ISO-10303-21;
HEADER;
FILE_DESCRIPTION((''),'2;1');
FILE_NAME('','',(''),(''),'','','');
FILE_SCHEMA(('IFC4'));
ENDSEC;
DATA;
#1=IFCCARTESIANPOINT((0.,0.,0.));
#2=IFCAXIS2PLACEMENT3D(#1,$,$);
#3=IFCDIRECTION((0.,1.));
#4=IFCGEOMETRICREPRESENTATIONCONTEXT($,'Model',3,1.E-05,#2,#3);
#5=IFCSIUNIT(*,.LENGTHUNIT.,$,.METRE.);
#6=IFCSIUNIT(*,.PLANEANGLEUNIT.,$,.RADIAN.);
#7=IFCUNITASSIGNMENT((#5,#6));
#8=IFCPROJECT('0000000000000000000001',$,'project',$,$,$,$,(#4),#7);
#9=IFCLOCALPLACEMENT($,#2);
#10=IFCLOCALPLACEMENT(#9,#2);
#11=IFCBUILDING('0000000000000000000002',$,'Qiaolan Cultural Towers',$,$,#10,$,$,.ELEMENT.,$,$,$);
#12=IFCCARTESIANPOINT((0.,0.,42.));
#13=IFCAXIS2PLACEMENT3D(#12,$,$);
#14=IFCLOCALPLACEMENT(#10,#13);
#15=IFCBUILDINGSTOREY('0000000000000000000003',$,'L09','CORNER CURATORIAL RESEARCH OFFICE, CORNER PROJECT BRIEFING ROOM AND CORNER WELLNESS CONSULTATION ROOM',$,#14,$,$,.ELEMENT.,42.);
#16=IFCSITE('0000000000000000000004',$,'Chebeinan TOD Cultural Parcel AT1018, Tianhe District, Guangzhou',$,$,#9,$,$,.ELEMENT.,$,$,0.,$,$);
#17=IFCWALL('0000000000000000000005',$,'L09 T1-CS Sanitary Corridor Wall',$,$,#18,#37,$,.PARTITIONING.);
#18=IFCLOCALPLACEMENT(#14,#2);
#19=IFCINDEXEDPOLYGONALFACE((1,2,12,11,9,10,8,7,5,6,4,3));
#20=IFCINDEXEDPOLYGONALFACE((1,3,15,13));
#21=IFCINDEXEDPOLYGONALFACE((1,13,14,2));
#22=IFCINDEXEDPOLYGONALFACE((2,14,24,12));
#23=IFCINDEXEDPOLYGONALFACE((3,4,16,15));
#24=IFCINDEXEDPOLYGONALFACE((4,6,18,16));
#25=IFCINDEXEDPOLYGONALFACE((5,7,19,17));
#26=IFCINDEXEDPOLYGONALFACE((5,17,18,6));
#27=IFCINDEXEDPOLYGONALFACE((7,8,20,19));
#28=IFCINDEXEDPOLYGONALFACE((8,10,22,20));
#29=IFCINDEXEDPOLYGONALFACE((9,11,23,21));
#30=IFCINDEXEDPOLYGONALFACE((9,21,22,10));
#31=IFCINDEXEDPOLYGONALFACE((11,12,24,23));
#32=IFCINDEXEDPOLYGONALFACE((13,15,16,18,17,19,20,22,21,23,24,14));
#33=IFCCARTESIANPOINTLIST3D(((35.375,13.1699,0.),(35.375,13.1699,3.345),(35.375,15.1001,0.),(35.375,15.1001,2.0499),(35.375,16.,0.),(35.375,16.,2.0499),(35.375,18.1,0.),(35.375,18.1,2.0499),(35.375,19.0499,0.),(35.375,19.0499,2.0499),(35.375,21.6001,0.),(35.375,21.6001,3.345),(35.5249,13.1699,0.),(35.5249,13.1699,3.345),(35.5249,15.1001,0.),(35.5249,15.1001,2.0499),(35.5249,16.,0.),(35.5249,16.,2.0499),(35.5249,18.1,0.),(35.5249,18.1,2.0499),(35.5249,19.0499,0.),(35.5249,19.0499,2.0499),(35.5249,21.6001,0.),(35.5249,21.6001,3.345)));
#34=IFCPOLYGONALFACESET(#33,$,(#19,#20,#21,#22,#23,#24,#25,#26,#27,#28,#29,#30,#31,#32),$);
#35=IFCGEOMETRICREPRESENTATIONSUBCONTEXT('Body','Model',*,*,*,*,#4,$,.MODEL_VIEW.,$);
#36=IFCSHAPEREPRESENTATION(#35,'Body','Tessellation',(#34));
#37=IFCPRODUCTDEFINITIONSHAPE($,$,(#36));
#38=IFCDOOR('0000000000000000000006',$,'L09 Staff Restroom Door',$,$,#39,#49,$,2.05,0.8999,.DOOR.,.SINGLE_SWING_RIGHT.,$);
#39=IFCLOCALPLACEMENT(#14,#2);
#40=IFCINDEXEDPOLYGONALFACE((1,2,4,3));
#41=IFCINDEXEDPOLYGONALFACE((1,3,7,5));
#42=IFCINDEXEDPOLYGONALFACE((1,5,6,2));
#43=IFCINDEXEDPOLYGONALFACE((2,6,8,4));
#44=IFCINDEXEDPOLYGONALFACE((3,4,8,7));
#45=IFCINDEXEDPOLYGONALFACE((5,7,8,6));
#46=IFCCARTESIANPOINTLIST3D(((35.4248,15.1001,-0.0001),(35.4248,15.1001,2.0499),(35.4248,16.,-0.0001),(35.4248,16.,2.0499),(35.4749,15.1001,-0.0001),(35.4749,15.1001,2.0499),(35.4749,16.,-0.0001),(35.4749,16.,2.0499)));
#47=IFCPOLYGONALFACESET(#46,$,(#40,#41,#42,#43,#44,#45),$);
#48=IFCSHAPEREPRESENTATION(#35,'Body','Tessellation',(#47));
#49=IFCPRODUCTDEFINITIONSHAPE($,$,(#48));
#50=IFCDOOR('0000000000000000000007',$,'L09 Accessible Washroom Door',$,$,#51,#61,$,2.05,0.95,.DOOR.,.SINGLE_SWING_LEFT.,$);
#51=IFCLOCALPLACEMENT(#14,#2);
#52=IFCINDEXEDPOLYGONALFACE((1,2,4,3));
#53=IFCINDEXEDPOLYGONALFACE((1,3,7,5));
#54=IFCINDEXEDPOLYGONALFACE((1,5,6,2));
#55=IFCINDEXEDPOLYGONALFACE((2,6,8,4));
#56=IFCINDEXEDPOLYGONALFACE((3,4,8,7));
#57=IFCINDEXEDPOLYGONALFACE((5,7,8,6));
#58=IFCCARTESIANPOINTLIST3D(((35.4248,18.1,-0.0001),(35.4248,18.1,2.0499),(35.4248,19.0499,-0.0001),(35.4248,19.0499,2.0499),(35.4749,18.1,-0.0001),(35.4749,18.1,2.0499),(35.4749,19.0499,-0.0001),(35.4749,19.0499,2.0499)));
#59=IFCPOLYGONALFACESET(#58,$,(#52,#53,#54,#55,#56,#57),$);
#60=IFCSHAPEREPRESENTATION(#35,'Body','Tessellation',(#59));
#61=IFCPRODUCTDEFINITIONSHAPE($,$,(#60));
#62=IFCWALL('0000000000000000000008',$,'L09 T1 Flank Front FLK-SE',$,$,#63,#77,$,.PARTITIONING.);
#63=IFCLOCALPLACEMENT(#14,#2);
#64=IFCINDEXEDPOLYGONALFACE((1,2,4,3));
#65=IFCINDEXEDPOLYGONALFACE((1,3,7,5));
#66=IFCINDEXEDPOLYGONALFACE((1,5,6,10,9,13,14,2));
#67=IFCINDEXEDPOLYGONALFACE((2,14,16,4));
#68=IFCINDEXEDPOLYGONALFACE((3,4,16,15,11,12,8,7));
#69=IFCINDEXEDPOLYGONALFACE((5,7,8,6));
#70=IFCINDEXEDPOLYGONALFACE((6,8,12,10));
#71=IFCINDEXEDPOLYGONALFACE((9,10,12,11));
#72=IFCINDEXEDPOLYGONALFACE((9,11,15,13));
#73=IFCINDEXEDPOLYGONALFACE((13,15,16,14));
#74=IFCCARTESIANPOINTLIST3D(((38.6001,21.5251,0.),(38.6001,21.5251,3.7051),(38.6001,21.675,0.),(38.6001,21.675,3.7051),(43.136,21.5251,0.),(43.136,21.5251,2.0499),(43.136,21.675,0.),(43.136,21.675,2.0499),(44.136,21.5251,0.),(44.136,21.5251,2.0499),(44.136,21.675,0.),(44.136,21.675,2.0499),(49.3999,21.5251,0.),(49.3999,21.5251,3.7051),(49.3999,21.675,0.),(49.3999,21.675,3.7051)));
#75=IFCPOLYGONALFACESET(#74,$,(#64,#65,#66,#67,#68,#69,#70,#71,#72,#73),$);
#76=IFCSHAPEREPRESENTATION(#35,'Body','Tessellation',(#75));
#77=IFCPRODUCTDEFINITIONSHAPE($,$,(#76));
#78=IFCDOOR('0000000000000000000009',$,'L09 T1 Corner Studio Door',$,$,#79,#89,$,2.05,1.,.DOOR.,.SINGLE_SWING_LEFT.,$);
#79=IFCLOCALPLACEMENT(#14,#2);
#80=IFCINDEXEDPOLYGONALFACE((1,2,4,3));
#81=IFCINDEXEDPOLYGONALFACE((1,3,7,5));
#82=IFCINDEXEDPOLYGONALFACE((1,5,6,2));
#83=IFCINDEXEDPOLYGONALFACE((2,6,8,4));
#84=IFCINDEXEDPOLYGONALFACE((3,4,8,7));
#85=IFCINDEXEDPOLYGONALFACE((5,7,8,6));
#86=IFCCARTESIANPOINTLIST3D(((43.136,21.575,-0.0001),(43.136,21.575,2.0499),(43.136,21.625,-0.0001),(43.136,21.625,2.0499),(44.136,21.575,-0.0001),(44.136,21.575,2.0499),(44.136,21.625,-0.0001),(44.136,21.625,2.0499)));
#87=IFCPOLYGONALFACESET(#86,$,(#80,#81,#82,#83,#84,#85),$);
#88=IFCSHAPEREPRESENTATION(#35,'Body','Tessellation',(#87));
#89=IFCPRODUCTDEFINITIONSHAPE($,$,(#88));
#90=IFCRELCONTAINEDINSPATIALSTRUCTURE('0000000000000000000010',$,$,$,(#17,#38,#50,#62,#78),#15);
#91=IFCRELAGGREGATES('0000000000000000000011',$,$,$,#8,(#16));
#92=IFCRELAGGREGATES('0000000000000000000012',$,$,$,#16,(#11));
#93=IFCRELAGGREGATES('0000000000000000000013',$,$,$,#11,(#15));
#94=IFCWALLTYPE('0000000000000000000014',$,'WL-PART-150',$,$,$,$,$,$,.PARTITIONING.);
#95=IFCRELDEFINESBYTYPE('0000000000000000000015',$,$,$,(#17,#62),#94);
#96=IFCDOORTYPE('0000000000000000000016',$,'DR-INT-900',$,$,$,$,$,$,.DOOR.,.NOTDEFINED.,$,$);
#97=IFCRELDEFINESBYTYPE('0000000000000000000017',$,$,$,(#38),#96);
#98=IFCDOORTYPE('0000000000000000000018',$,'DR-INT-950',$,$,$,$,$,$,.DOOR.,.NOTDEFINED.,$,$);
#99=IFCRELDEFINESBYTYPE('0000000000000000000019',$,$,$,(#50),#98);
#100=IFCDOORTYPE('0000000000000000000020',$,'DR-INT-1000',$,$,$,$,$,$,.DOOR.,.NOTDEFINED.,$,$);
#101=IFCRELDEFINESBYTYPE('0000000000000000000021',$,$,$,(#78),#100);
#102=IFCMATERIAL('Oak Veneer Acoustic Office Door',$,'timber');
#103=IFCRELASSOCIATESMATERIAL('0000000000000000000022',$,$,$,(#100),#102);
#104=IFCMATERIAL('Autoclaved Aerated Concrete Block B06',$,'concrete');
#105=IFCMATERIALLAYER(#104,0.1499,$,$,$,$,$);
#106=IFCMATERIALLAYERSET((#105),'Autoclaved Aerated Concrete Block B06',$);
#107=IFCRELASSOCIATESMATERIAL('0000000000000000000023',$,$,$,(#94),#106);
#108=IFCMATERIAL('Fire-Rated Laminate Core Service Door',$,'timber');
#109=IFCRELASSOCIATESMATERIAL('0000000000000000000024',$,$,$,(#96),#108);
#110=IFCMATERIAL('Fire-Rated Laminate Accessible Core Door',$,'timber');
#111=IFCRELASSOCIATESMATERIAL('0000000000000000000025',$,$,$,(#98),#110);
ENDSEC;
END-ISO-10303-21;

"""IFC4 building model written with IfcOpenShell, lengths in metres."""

from ifc_helpers import new_model, si_unit, direction, frame, frame_2d, origin, place, context, subcontext, project, spatial, rectangle, extrude, material, layer, layer_set, type_object, element, fill, save


model = new_model("IFC4")

# Units and contexts
model_context = context("Model", 3, precision=1e-05, world=origin(), true_north=direction((0.0, 1.0)))
body_context = subcontext(model_context, "Body", "Model", "MODEL_VIEW")
ifc_project = project(units=[si_unit("LENGTHUNIT", "METRE"), si_unit("PLANEANGLEUNIT", "RADIAN")], contexts=[model_context])

# Site, building, storey
site_placement = place(None, origin())
site = spatial("IfcSite", under=ifc_project, at=site_placement, Name="Chebeinan TOD Cultural Parcel AT1018, Tianhe District, Guangzhou", CompositionType="ELEMENT", RefElevation=0.0)
building_placement = place(site_placement, origin())
building = spatial("IfcBuilding", under=site, at=building_placement, Name="Qiaolan Cultural Towers", CompositionType="ELEMENT")
storey_placement = place(building_placement, frame((0.0, 0.0, 42.0)))
storey = spatial("IfcBuildingStorey", under=building, at=storey_placement, Name="L09", Description="CORNER CURATORIAL RESEARCH OFFICE, CORNER PROJECT BRIEFING ROOM AND CORNER WELLNESS CONSULTATION ROOM", CompositionType="ELEMENT", Elevation=42.0)

# Wall, openings, doors
ifc_material_1 = material(Name="Oak Veneer Acoustic Office Door", Category="timber")
door_type_1 = type_object("IfcDoorType", Name="DR-INT-1000", OperationType="NOTDEFINED", PredefinedType="DOOR", material=ifc_material_1)
ifc_material_2 = material(Name="Autoclaved Aerated Concrete Block B06", Category="concrete")
ifc_layer_1 = layer(ifc_material_2, 0.1499)
ifc_layer_set_1 = layer_set([ifc_layer_1], Name="Autoclaved Aerated Concrete Block B06")
wall_type_1 = type_object("IfcWallType", Name="WL-PART-150", PredefinedType="PARTITIONING", material=ifc_layer_set_1)
ifc_material_3 = material(Name="Fire-Rated Laminate Core Service Door", Category="timber")
door_type_2 = type_object("IfcDoorType", Name="DR-INT-900", OperationType="NOTDEFINED", PredefinedType="DOOR", material=ifc_material_3)
ifc_material_4 = material(Name="Fire-Rated Laminate Accessible Core Door", Category="timber")
door_type_3 = type_object("IfcDoorType", Name="DR-INT-950", OperationType="NOTDEFINED", PredefinedType="DOOR", material=ifc_material_4)
wall_1_placement = place(storey_placement, frame((35.45, 21.6001, 0.0), z_axis=(0.0, 0.0, 1.0), x_axis=(0.0, -1.0, 0.0)))
wall_1 = element("IfcWall", 1, at=wall_1_placement, inside=storey, type_object=wall_type_1, Name="L09 T1-CS Sanitary Corridor Wall", PredefinedType="PARTITIONING", context=body_context, shape_type="SweptSolid", body=[
    extrude(rectangle(XDim=8.4302, YDim=0.1499, at=frame_2d((4.2151, 0.0))), origin(), (0.0, 0.0, 1.0), 3.345),
])
opening_1_placement = place(wall_1_placement, frame((2.55, 0.0, 0.0)))
opening_1 = element("IfcOpeningElement", 2, at=opening_1_placement, cuts=wall_1, PredefinedType="OPENING", context=body_context, shape_type="SweptSolid", body=[
    extrude(rectangle(XDim=0.95, YDim=2.05, at=frame_2d((0.4751, 1.0249))), frame((0.0, 0.085, 0.0), z_axis=(0.0, -1.0, 0.0), x_axis=(1.0, 0.0, 0.0)), (0.0, 0.0, 1.0), 0.1699),
])
opening_2_placement = place(wall_1_placement, frame((5.6001, 0.0, 0.0)))
opening_2 = element("IfcOpeningElement", 3, at=opening_2_placement, cuts=wall_1, PredefinedType="OPENING", context=body_context, shape_type="SweptSolid", body=[
    extrude(rectangle(XDim=0.8999, YDim=2.05, at=frame_2d((0.45, 1.0249))), frame((0.0, 0.085, 0.0), z_axis=(0.0, -1.0, 0.0), x_axis=(1.0, 0.0, 0.0)), (0.0, 0.0, 1.0), 0.1699),
])
door_1_placement = place(opening_2_placement, origin())
door_1 = element("IfcDoor", 4, at=door_1_placement, inside=storey, type_object=door_type_2, Name="L09 Staff Restroom Door", OperationType="SINGLE_SWING_RIGHT", OverallHeight=2.05, OverallWidth=0.8999, PredefinedType="DOOR", context=body_context, shape_type="SweptSolid", body=[
    extrude(rectangle(XDim=0.8999, YDim=2.05, at=frame_2d((0.45, 1.0249))), frame((0.0, 0.0249, 0.0), z_axis=(0.0, -1.0, 0.0), x_axis=(1.0, 0.0, 0.0)), (0.0, 0.0, 1.0), 0.05),
])
fill(opening_2, door_1)
door_2_placement = place(opening_1_placement, origin())
door_2 = element("IfcDoor", 5, at=door_2_placement, inside=storey, type_object=door_type_3, Name="L09 Accessible Washroom Door", OperationType="SINGLE_SWING_LEFT", OverallHeight=2.05, OverallWidth=0.95, PredefinedType="DOOR", context=body_context, shape_type="SweptSolid", body=[
    extrude(rectangle(XDim=0.95, YDim=2.05, at=frame_2d((0.4751, 1.0249))), frame((0.0, 0.0249, 0.0), z_axis=(0.0, -1.0, 0.0), x_axis=(1.0, 0.0, 0.0)), (0.0, 0.0, 1.0), 0.05),
])
fill(opening_1, door_2)

# Wall, opening, door
wall_2_placement = place(storey_placement, frame((38.6001, 21.6001, 0.0), z_axis=(0.0, 0.0, 1.0), x_axis=(1.0, 0.0, 0.0)))
wall_2 = element("IfcWall", 6, at=wall_2_placement, inside=storey, type_object=wall_type_1, Name="L09 T1 Flank Front FLK-SE", PredefinedType="PARTITIONING", context=body_context, shape_type="SweptSolid", body=[
    extrude(rectangle(XDim=10.7998, YDim=0.1499, at=frame_2d((5.3999, 0.0))), origin(), (0.0, 0.0, 1.0), 3.7051),
])
opening_3_placement = place(wall_2_placement, frame((4.5359, 0.0, 0.0)))
opening_3 = element("IfcOpeningElement", 7, at=opening_3_placement, cuts=wall_2, PredefinedType="OPENING", context=body_context, shape_type="SweptSolid", body=[
    extrude(rectangle(XDim=1.0, YDim=2.05, at=frame_2d((0.5, 1.0249))), frame((0.0, 0.085, 0.0), z_axis=(0.0, -1.0, 0.0), x_axis=(1.0, 0.0, 0.0)), (0.0, 0.0, 1.0), 0.1699),
])
door_3_placement = place(opening_3_placement, origin())
door_3 = element("IfcDoor", 8, at=door_3_placement, inside=storey, type_object=door_type_1, Name="L09 T1 Corner Studio Door", OperationType="SINGLE_SWING_LEFT", OverallHeight=2.05, OverallWidth=1.0, PredefinedType="DOOR", context=body_context, shape_type="SweptSolid", body=[
    extrude(rectangle(XDim=1.0, YDim=2.05, at=frame_2d((0.5, 1.0249))), frame((0.0, 0.0249, 0.0), z_axis=(0.0, -1.0, 0.0), x_axis=(1.0, 0.0, 0.0)), (0.0, 0.0, 1.0), 0.05),
])
fill(opening_3, door_3)

save(model, "model.ifc")
